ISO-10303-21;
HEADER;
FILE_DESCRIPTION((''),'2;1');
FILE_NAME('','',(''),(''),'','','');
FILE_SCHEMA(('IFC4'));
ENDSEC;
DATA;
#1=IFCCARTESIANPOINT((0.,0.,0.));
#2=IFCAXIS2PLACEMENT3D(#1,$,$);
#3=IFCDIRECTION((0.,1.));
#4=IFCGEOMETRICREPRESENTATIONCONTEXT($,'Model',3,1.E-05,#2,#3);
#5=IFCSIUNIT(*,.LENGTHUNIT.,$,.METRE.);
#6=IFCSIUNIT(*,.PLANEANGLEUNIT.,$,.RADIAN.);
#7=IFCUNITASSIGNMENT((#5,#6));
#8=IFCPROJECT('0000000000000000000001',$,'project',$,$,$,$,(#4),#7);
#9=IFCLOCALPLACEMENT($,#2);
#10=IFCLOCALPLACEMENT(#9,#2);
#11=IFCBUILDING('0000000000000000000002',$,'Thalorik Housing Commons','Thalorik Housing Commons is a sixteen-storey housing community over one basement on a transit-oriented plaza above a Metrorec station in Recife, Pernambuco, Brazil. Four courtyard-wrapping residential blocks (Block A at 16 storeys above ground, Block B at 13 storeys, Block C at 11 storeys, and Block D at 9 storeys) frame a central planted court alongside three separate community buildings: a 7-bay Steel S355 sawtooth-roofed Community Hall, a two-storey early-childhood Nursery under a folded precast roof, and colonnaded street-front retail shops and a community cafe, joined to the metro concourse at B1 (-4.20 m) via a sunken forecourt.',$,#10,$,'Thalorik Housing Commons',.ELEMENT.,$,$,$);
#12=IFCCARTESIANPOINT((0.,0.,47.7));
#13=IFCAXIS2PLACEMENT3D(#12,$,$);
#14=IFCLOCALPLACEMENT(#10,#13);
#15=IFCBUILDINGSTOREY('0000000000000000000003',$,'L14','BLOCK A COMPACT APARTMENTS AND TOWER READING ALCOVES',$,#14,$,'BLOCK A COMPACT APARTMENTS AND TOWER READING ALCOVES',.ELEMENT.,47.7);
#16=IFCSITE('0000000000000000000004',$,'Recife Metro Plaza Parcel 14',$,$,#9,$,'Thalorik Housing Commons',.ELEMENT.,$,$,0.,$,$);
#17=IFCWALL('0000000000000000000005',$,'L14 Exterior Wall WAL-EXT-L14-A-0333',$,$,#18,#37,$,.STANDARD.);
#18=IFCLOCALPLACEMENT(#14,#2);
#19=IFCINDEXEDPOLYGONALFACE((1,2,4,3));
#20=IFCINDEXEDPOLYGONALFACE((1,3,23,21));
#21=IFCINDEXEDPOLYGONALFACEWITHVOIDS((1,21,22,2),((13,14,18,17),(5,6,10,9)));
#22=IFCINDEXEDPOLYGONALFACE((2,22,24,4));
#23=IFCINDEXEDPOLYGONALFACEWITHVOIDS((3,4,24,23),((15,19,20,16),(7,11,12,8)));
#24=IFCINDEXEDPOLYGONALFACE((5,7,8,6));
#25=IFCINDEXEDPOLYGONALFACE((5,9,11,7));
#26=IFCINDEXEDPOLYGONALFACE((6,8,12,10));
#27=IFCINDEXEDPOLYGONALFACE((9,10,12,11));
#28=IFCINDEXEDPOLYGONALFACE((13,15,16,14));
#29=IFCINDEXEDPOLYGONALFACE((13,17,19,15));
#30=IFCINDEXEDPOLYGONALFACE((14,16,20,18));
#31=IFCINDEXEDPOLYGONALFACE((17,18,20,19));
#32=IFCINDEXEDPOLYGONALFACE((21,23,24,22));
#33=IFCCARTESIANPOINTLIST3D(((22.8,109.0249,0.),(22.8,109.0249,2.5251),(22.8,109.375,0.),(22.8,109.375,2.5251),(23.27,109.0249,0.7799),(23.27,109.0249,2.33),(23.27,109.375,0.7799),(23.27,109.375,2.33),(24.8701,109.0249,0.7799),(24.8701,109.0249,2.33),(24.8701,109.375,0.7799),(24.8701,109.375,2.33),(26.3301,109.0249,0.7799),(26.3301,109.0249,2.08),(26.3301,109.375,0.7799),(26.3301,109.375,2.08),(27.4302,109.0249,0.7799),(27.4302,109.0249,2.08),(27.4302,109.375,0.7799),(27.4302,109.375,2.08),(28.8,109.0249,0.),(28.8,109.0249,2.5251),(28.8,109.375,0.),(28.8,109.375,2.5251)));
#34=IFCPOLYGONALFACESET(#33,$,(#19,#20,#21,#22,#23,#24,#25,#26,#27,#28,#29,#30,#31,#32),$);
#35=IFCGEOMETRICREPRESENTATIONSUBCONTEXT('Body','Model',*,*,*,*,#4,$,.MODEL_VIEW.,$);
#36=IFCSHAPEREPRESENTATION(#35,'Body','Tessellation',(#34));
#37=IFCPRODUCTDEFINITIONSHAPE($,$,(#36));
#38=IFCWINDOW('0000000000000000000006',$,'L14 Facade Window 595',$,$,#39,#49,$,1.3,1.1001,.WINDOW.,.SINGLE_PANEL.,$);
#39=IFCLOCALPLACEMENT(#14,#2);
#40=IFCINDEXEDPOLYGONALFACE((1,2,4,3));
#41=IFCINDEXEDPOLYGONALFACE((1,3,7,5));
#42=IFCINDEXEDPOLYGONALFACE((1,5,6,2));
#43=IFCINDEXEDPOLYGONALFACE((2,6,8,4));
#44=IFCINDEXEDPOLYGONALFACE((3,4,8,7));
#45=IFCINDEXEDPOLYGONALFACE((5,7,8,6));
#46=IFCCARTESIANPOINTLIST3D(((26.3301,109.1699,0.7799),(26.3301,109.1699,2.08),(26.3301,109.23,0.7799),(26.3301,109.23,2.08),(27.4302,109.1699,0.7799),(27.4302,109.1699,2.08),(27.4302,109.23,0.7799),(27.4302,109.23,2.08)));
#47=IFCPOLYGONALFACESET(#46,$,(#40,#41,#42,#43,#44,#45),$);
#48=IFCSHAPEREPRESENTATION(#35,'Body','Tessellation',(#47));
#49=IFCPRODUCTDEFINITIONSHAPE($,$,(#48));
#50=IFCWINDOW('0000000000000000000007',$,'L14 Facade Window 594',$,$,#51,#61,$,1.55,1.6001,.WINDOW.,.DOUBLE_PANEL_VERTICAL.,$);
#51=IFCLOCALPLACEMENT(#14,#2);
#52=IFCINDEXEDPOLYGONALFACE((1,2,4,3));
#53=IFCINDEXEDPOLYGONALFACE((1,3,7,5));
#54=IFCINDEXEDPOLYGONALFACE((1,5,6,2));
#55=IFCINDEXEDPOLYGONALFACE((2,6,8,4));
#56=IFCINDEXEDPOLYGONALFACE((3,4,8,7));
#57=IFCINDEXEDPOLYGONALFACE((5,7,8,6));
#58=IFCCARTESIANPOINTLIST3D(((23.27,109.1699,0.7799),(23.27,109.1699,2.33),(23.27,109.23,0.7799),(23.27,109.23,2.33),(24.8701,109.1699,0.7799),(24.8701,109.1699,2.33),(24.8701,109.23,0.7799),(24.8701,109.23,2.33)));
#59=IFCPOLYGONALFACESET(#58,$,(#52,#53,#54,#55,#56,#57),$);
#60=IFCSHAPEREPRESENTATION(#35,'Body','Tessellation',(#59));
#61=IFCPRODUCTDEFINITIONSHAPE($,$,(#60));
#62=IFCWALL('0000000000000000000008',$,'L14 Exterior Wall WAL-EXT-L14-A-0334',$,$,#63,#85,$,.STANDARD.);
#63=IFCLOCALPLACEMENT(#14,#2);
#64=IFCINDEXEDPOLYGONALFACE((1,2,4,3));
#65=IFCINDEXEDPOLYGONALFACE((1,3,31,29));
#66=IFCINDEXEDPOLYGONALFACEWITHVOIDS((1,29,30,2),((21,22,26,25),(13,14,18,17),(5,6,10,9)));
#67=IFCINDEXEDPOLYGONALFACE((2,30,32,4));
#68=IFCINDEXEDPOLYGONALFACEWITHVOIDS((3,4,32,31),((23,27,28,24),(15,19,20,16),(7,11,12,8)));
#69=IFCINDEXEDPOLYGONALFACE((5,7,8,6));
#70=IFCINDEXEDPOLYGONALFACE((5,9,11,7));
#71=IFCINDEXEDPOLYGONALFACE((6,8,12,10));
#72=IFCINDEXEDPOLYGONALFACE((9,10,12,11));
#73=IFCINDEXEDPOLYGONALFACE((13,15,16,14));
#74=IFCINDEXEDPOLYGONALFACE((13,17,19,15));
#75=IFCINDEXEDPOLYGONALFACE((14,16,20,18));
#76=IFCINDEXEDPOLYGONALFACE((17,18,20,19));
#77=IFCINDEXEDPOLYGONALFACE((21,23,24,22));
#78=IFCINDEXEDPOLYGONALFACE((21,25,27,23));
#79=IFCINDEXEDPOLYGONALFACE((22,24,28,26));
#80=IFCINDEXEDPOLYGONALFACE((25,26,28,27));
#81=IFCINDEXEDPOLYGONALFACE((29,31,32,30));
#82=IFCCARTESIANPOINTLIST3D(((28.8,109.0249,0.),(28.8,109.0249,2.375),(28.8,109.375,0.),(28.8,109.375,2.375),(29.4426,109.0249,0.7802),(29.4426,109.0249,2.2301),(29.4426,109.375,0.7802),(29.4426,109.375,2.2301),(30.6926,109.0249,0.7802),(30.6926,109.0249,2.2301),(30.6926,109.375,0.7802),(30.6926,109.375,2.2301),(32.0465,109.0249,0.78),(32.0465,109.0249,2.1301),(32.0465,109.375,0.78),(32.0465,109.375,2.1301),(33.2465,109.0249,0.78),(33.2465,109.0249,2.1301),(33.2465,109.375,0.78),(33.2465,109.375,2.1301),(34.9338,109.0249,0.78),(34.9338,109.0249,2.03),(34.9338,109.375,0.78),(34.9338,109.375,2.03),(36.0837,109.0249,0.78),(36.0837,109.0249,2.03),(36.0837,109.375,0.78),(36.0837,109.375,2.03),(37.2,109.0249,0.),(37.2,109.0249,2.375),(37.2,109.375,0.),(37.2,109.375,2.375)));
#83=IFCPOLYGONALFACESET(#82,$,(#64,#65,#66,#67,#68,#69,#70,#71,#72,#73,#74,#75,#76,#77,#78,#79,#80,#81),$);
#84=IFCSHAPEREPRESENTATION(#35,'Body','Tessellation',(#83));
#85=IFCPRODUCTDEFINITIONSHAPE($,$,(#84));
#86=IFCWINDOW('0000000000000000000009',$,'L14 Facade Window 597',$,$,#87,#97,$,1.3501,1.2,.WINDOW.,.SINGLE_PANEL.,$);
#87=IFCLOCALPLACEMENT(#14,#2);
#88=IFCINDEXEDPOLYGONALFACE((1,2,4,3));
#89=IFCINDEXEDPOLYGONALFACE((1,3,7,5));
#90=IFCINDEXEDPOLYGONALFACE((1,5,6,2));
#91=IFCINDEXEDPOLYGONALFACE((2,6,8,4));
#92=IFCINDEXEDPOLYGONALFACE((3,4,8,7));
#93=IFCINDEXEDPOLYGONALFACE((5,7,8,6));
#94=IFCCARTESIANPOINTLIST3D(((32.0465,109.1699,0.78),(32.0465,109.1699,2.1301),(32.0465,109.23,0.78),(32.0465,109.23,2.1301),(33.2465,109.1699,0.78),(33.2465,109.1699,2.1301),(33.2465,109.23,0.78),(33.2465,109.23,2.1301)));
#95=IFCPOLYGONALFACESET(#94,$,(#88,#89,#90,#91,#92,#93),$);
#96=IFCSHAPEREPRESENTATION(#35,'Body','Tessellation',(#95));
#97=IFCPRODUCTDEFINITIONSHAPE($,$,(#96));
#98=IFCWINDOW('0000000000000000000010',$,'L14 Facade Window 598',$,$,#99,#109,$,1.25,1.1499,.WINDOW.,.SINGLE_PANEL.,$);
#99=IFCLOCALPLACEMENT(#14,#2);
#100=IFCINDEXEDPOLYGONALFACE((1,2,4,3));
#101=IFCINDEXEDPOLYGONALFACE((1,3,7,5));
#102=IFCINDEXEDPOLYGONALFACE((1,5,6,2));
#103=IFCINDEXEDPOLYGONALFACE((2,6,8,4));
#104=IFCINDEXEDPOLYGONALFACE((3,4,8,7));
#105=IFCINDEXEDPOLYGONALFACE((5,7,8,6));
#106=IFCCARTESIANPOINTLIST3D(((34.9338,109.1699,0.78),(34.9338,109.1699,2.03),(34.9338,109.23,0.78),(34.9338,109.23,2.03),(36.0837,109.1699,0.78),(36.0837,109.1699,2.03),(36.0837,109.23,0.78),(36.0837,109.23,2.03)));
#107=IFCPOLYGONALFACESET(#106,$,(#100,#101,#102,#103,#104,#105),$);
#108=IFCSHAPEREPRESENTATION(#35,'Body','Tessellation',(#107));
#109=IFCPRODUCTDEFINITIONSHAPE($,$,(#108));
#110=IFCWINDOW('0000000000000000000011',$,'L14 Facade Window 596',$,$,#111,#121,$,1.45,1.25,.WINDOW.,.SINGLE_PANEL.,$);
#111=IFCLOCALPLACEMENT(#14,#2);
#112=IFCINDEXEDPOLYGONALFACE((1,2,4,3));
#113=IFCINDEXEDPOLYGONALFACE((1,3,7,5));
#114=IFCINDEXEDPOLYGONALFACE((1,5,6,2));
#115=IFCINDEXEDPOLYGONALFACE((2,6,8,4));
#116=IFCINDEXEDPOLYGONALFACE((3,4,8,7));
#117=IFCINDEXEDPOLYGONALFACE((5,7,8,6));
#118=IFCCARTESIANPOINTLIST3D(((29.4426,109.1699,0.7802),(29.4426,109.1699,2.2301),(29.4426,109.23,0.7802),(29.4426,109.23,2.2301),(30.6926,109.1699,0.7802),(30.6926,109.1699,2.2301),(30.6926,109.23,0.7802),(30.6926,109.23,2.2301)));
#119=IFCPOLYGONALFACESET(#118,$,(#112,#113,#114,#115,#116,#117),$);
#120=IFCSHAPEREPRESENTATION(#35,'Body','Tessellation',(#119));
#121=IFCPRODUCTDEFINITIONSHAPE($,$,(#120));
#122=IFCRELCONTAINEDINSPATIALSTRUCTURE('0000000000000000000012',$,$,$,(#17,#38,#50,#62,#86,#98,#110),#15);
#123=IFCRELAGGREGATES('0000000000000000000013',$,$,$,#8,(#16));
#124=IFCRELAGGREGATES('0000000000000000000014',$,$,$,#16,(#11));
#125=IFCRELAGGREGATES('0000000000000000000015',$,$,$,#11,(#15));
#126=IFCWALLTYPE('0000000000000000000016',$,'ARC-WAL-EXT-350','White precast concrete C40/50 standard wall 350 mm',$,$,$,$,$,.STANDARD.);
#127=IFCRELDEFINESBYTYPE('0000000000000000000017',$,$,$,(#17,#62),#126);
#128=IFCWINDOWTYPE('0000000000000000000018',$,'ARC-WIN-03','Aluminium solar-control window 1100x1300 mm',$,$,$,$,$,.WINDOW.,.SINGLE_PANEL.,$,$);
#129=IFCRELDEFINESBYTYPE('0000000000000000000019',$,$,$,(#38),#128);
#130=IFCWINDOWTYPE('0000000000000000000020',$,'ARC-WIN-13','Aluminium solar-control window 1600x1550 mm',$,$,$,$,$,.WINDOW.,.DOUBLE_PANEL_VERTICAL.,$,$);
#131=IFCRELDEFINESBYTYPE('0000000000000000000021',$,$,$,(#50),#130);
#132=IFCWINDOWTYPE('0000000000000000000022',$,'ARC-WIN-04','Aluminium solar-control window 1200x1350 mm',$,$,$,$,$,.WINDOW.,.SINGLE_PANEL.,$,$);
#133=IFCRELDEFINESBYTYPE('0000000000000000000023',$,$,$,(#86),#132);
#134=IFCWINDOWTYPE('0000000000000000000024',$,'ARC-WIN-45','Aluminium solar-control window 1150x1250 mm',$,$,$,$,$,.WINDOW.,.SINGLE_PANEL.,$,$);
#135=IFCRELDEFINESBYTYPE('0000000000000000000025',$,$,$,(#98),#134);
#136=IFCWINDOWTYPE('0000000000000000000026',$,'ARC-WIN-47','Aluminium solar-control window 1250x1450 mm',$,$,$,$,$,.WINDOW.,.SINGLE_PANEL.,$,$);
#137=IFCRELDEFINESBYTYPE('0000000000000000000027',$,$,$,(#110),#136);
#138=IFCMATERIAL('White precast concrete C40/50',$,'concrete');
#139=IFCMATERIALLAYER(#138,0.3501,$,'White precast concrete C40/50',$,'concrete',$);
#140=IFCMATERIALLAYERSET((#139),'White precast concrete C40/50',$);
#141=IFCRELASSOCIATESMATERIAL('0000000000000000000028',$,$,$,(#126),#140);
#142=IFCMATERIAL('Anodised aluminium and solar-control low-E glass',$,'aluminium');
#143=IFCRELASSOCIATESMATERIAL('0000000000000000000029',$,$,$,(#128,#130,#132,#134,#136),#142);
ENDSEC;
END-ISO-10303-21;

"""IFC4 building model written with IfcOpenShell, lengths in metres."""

from ifc_helpers import new_model, si_unit, direction, frame, frame_2d, origin, place, context, subcontext, project, spatial, rectangle, extrude, material, layer, layer_set, type_object, element, fill, save


model = new_model("IFC4")

# Units and contexts
model_context = context("Model", 3, precision=1e-05, world=origin(), true_north=direction((0.0, 1.0)))
body_context = subcontext(model_context, "Body", "Model", "MODEL_VIEW")
ifc_project = project(units=[si_unit("LENGTHUNIT", "METRE"), si_unit("PLANEANGLEUNIT", "RADIAN")], contexts=[model_context])

# Site, building, storey
site_placement = place(None, origin())
site = spatial("IfcSite", under=ifc_project, at=site_placement, Name="Recife Metro Plaza Parcel 14", LongName="Thalorik Housing Commons", CompositionType="ELEMENT", RefElevation=0.0)
building_placement = place(site_placement, origin())
building = spatial("IfcBuilding", under=site, at=building_placement, Name="Thalorik Housing Commons", Description="Thalorik Housing Commons is a sixteen-storey housing community over one basement on a transit-oriented plaza above a Metrorec station in Recife, Pernambuco, Brazil. Four courtyard-wrapping residential blocks (Block A at 16 storeys above ground, Block B at 13 storeys, Block C at 11 storeys, and Block D at 9 storeys) frame a central planted court alongside three separate community buildings: a 7-bay Steel S355 sawtooth-roofed Community Hall, a two-storey early-childhood Nursery under a folded precast roof, and colonnaded street-front retail shops and a community cafe, joined to the metro concourse at B1 (-4.20 m) via a sunken forecourt.", LongName="Thalorik Housing Commons", CompositionType="ELEMENT")
storey_placement = place(building_placement, frame((0.0, 0.0, 47.7)))
storey = spatial("IfcBuildingStorey", under=building, at=storey_placement, Name="L14", Description="BLOCK A COMPACT APARTMENTS AND TOWER READING ALCOVES", LongName="BLOCK A COMPACT APARTMENTS AND TOWER READING ALCOVES", CompositionType="ELEMENT", Elevation=47.7)

# Walls, openings, windows
ifc_material_1 = material(Name="White precast concrete C40/50", Category="concrete")
ifc_layer_1 = layer(ifc_material_1, 0.3501, Name="White precast concrete C40/50", Category="concrete")
ifc_layer_set_1 = layer_set([ifc_layer_1], Name="White precast concrete C40/50")
wall_type_1 = type_object("IfcWallType", Name="ARC-WAL-EXT-350", Description="White precast concrete C40/50 standard wall 350 mm", PredefinedType="STANDARD", material=ifc_layer_set_1)
wall_1_placement = place(storey_placement, frame((22.8, 109.2, 0.0), z_axis=(0.0, 0.0, 1.0), x_axis=(1.0, 0.0, 0.0)))
wall_1 = element("IfcWall", 1, at=wall_1_placement, inside=storey, type_object=wall_type_1, Name="L14 Exterior Wall WAL-EXT-L14-A-0333", PredefinedType="STANDARD", context=body_context, shape_type="SweptSolid", body=[
    extrude(rectangle(XDim=6.0, YDim=0.3501, at=frame_2d((3.0, 0.0))), origin(), (0.0, 0.0, 1.0), 2.5251),
])
opening_1_placement = place(wall_1_placement, frame((0.47, 0.0, 0.78)))
opening_1 = element("IfcOpeningElement", 2, at=opening_1_placement, cuts=wall_1, PredefinedType="OPENING", context=body_context, shape_type="SweptSolid", body=[
    extrude(rectangle(XDim=1.6001, YDim=1.55, at=frame_2d((0.8, 0.7749))), frame((0.0, 0.1851, 0.0), z_axis=(0.0, -1.0, 0.0), x_axis=(1.0, 0.0, 0.0)), (0.0, 0.0, 1.0), 0.3701),
])
opening_2_placement = place(wall_1_placement, frame((3.53, 0.0, 0.78)))
opening_2 = element("IfcOpeningElement", 3, at=opening_2_placement, cuts=wall_1, PredefinedType="OPENING", context=body_context, shape_type="SweptSolid", body=[
    extrude(rectangle(XDim=1.1001, YDim=1.3, at=frame_2d((0.55, 0.6499))), frame((0.0, 0.1851, 0.0), z_axis=(0.0, -1.0, 0.0), x_axis=(1.0, 0.0, 0.0)), (0.0, 0.0, 1.0), 0.3701),
])
ifc_material_2 = material(Name="Anodised aluminium and solar-control low-E glass", Category="aluminium")
window_type_1 = type_object("IfcWindowType", Name="ARC-WIN-03", Description="Aluminium solar-control window 1100x1300 mm", PartitioningType="SINGLE_PANEL", PredefinedType="WINDOW", material=ifc_material_2)
window_1_placement = place(opening_2_placement, origin())
window_1 = element("IfcWindow", 4, at=window_1_placement, inside=storey, type_object=window_type_1, Name="L14 Facade Window 595", OverallHeight=1.3, OverallWidth=1.1001, PartitioningType="SINGLE_PANEL", PredefinedType="WINDOW", context=body_context, shape_type="SweptSolid", body=[
    extrude(rectangle(XDim=1.1001, YDim=1.3, at=frame_2d((0.55, 0.6499))), frame((0.0, 0.03, 0.0), z_axis=(0.0, -1.0, 0.0), x_axis=(1.0, 0.0, 0.0)), (0.0, 0.0, 1.0), 0.0601),
])
fill(opening_2, window_1)
window_type_2 = type_object("IfcWindowType", Name="ARC-WIN-13", Description="Aluminium solar-control window 1600x1550 mm", PartitioningType="DOUBLE_PANEL_VERTICAL", PredefinedType="WINDOW", material=ifc_material_2)
window_2_placement = place(opening_1_placement, origin())
window_2 = element("IfcWindow", 5, at=window_2_placement, inside=storey, type_object=window_type_2, Name="L14 Facade Window 594", OverallHeight=1.55, OverallWidth=1.6001, PartitioningType="DOUBLE_PANEL_VERTICAL", PredefinedType="WINDOW", context=body_context, shape_type="SweptSolid", body=[
    extrude(rectangle(XDim=1.6001, YDim=1.55, at=frame_2d((0.8, 0.7749))), frame((0.0, 0.03, 0.0), z_axis=(0.0, -1.0, 0.0), x_axis=(1.0, 0.0, 0.0)), (0.0, 0.0, 1.0), 0.0601),
])
fill(opening_1, window_2)
wall_2_placement = place(storey_placement, frame((28.8, 109.2, 0.0), z_axis=(0.0, 0.0, 1.0), x_axis=(1.0, 0.0, 0.0)))
wall_2 = element("IfcWall", 6, at=wall_2_placement, inside=storey, type_object=wall_type_1, Name="L14 Exterior Wall WAL-EXT-L14-A-0334", PredefinedType="STANDARD", context=body_context, shape_type="SweptSolid", body=[
    extrude(rectangle(XDim=8.3999, YDim=0.3501, at=frame_2d((4.2, 0.0))), origin(), (0.0, 0.0, 1.0), 2.375),
])
opening_3_placement = place(wall_2_placement, frame((0.6426, 0.0, 0.78)))
opening_3 = element("IfcOpeningElement", 7, at=opening_3_placement, cuts=wall_2, PredefinedType="OPENING", context=body_context, shape_type="SweptSolid", body=[
    extrude(rectangle(XDim=1.25, YDim=1.45, at=frame_2d((0.625, 0.7251))), frame((0.0, 0.1851, 0.0), z_axis=(0.0, -1.0, 0.0), x_axis=(1.0, 0.0, 0.0)), (0.0, 0.0, 1.0), 0.3701),
])
opening_4_placement = place(wall_2_placement, frame((3.2463, 0.0, 0.78)))
opening_4 = element("IfcOpeningElement", 8, at=opening_4_placement, cuts=wall_2, PredefinedType="OPENING", context=body_context, shape_type="SweptSolid", body=[
    extrude(rectangle(XDim=1.2, YDim=1.3501, at=frame_2d((0.6001, 0.675))), frame((0.0, 0.1851, 0.0), z_axis=(0.0, -1.0, 0.0), x_axis=(1.0, 0.0, 0.0)), (0.0, 0.0, 1.0), 0.3701),
])
opening_5_placement = place(wall_2_placement, frame((6.1338, 0.0, 0.78)))
opening_5 = element("IfcOpeningElement", 9, at=opening_5_placement, cuts=wall_2, PredefinedType="OPENING", context=body_context, shape_type="SweptSolid", body=[
    extrude(rectangle(XDim=1.1499, YDim=1.25, at=frame_2d((0.575, 0.625))), frame((0.0, 0.1851, 0.0), z_axis=(0.0, -1.0, 0.0), x_axis=(1.0, 0.0, 0.0)), (0.0, 0.0, 1.0), 0.3701),
])
window_type_3 = type_object("IfcWindowType", Name="ARC-WIN-04", Description="Aluminium solar-control window 1200x1350 mm", PartitioningType="SINGLE_PANEL", PredefinedType="WINDOW", material=ifc_material_2)
window_3_placement = place(opening_4_placement, origin())
window_3 = element("IfcWindow", 10, at=window_3_placement, inside=storey, type_object=window_type_3, Name="L14 Facade Window 597", OverallHeight=1.3501, OverallWidth=1.2, PartitioningType="SINGLE_PANEL", PredefinedType="WINDOW", context=body_context, shape_type="SweptSolid", body=[
    extrude(rectangle(XDim=1.2, YDim=1.3501, at=frame_2d((0.6001, 0.675))), frame((0.0, 0.03, 0.0), z_axis=(0.0, -1.0, 0.0), x_axis=(1.0, 0.0, 0.0)), (0.0, 0.0, 1.0), 0.0601),
])
fill(opening_4, window_3)
window_type_4 = type_object("IfcWindowType", Name="ARC-WIN-45", Description="Aluminium solar-control window 1150x1250 mm", PartitioningType="SINGLE_PANEL", PredefinedType="WINDOW", material=ifc_material_2)
window_4_placement = place(opening_5_placement, origin())
window_4 = element("IfcWindow", 11, at=window_4_placement, inside=storey, type_object=window_type_4, Name="L14 Facade Window 598", OverallHeight=1.25, OverallWidth=1.1499, PartitioningType="SINGLE_PANEL", PredefinedType="WINDOW", context=body_context, shape_type="SweptSolid", body=[
    extrude(rectangle(XDim=1.1499, YDim=1.25, at=frame_2d((0.575, 0.625))), frame((0.0, 0.03, 0.0), z_axis=(0.0, -1.0, 0.0), x_axis=(1.0, 0.0, 0.0)), (0.0, 0.0, 1.0), 0.0601),
])
fill(opening_5, window_4)
window_type_5 = type_object("IfcWindowType", Name="ARC-WIN-47", Description="Aluminium solar-control window 1250x1450 mm", PartitioningType="SINGLE_PANEL", PredefinedType="WINDOW", material=ifc_material_2)
window_5_placement = place(opening_3_placement, origin())
window_5 = element("IfcWindow", 12, at=window_5_placement, inside=storey, type_object=window_type_5, Name="L14 Facade Window 596", OverallHeight=1.45, OverallWidth=1.25, PartitioningType="SINGLE_PANEL", PredefinedType="WINDOW", context=body_context, shape_type="SweptSolid", body=[
    extrude(rectangle(XDim=1.25, YDim=1.45, at=frame_2d((0.625, 0.7251))), frame((0.0, 0.03, 0.0), z_axis=(0.0, -1.0, 0.0), x_axis=(1.0, 0.0, 0.0)), (0.0, 0.0, 1.0), 0.0601),
])
fill(opening_3, window_5)

save(model, "model.ifc")
